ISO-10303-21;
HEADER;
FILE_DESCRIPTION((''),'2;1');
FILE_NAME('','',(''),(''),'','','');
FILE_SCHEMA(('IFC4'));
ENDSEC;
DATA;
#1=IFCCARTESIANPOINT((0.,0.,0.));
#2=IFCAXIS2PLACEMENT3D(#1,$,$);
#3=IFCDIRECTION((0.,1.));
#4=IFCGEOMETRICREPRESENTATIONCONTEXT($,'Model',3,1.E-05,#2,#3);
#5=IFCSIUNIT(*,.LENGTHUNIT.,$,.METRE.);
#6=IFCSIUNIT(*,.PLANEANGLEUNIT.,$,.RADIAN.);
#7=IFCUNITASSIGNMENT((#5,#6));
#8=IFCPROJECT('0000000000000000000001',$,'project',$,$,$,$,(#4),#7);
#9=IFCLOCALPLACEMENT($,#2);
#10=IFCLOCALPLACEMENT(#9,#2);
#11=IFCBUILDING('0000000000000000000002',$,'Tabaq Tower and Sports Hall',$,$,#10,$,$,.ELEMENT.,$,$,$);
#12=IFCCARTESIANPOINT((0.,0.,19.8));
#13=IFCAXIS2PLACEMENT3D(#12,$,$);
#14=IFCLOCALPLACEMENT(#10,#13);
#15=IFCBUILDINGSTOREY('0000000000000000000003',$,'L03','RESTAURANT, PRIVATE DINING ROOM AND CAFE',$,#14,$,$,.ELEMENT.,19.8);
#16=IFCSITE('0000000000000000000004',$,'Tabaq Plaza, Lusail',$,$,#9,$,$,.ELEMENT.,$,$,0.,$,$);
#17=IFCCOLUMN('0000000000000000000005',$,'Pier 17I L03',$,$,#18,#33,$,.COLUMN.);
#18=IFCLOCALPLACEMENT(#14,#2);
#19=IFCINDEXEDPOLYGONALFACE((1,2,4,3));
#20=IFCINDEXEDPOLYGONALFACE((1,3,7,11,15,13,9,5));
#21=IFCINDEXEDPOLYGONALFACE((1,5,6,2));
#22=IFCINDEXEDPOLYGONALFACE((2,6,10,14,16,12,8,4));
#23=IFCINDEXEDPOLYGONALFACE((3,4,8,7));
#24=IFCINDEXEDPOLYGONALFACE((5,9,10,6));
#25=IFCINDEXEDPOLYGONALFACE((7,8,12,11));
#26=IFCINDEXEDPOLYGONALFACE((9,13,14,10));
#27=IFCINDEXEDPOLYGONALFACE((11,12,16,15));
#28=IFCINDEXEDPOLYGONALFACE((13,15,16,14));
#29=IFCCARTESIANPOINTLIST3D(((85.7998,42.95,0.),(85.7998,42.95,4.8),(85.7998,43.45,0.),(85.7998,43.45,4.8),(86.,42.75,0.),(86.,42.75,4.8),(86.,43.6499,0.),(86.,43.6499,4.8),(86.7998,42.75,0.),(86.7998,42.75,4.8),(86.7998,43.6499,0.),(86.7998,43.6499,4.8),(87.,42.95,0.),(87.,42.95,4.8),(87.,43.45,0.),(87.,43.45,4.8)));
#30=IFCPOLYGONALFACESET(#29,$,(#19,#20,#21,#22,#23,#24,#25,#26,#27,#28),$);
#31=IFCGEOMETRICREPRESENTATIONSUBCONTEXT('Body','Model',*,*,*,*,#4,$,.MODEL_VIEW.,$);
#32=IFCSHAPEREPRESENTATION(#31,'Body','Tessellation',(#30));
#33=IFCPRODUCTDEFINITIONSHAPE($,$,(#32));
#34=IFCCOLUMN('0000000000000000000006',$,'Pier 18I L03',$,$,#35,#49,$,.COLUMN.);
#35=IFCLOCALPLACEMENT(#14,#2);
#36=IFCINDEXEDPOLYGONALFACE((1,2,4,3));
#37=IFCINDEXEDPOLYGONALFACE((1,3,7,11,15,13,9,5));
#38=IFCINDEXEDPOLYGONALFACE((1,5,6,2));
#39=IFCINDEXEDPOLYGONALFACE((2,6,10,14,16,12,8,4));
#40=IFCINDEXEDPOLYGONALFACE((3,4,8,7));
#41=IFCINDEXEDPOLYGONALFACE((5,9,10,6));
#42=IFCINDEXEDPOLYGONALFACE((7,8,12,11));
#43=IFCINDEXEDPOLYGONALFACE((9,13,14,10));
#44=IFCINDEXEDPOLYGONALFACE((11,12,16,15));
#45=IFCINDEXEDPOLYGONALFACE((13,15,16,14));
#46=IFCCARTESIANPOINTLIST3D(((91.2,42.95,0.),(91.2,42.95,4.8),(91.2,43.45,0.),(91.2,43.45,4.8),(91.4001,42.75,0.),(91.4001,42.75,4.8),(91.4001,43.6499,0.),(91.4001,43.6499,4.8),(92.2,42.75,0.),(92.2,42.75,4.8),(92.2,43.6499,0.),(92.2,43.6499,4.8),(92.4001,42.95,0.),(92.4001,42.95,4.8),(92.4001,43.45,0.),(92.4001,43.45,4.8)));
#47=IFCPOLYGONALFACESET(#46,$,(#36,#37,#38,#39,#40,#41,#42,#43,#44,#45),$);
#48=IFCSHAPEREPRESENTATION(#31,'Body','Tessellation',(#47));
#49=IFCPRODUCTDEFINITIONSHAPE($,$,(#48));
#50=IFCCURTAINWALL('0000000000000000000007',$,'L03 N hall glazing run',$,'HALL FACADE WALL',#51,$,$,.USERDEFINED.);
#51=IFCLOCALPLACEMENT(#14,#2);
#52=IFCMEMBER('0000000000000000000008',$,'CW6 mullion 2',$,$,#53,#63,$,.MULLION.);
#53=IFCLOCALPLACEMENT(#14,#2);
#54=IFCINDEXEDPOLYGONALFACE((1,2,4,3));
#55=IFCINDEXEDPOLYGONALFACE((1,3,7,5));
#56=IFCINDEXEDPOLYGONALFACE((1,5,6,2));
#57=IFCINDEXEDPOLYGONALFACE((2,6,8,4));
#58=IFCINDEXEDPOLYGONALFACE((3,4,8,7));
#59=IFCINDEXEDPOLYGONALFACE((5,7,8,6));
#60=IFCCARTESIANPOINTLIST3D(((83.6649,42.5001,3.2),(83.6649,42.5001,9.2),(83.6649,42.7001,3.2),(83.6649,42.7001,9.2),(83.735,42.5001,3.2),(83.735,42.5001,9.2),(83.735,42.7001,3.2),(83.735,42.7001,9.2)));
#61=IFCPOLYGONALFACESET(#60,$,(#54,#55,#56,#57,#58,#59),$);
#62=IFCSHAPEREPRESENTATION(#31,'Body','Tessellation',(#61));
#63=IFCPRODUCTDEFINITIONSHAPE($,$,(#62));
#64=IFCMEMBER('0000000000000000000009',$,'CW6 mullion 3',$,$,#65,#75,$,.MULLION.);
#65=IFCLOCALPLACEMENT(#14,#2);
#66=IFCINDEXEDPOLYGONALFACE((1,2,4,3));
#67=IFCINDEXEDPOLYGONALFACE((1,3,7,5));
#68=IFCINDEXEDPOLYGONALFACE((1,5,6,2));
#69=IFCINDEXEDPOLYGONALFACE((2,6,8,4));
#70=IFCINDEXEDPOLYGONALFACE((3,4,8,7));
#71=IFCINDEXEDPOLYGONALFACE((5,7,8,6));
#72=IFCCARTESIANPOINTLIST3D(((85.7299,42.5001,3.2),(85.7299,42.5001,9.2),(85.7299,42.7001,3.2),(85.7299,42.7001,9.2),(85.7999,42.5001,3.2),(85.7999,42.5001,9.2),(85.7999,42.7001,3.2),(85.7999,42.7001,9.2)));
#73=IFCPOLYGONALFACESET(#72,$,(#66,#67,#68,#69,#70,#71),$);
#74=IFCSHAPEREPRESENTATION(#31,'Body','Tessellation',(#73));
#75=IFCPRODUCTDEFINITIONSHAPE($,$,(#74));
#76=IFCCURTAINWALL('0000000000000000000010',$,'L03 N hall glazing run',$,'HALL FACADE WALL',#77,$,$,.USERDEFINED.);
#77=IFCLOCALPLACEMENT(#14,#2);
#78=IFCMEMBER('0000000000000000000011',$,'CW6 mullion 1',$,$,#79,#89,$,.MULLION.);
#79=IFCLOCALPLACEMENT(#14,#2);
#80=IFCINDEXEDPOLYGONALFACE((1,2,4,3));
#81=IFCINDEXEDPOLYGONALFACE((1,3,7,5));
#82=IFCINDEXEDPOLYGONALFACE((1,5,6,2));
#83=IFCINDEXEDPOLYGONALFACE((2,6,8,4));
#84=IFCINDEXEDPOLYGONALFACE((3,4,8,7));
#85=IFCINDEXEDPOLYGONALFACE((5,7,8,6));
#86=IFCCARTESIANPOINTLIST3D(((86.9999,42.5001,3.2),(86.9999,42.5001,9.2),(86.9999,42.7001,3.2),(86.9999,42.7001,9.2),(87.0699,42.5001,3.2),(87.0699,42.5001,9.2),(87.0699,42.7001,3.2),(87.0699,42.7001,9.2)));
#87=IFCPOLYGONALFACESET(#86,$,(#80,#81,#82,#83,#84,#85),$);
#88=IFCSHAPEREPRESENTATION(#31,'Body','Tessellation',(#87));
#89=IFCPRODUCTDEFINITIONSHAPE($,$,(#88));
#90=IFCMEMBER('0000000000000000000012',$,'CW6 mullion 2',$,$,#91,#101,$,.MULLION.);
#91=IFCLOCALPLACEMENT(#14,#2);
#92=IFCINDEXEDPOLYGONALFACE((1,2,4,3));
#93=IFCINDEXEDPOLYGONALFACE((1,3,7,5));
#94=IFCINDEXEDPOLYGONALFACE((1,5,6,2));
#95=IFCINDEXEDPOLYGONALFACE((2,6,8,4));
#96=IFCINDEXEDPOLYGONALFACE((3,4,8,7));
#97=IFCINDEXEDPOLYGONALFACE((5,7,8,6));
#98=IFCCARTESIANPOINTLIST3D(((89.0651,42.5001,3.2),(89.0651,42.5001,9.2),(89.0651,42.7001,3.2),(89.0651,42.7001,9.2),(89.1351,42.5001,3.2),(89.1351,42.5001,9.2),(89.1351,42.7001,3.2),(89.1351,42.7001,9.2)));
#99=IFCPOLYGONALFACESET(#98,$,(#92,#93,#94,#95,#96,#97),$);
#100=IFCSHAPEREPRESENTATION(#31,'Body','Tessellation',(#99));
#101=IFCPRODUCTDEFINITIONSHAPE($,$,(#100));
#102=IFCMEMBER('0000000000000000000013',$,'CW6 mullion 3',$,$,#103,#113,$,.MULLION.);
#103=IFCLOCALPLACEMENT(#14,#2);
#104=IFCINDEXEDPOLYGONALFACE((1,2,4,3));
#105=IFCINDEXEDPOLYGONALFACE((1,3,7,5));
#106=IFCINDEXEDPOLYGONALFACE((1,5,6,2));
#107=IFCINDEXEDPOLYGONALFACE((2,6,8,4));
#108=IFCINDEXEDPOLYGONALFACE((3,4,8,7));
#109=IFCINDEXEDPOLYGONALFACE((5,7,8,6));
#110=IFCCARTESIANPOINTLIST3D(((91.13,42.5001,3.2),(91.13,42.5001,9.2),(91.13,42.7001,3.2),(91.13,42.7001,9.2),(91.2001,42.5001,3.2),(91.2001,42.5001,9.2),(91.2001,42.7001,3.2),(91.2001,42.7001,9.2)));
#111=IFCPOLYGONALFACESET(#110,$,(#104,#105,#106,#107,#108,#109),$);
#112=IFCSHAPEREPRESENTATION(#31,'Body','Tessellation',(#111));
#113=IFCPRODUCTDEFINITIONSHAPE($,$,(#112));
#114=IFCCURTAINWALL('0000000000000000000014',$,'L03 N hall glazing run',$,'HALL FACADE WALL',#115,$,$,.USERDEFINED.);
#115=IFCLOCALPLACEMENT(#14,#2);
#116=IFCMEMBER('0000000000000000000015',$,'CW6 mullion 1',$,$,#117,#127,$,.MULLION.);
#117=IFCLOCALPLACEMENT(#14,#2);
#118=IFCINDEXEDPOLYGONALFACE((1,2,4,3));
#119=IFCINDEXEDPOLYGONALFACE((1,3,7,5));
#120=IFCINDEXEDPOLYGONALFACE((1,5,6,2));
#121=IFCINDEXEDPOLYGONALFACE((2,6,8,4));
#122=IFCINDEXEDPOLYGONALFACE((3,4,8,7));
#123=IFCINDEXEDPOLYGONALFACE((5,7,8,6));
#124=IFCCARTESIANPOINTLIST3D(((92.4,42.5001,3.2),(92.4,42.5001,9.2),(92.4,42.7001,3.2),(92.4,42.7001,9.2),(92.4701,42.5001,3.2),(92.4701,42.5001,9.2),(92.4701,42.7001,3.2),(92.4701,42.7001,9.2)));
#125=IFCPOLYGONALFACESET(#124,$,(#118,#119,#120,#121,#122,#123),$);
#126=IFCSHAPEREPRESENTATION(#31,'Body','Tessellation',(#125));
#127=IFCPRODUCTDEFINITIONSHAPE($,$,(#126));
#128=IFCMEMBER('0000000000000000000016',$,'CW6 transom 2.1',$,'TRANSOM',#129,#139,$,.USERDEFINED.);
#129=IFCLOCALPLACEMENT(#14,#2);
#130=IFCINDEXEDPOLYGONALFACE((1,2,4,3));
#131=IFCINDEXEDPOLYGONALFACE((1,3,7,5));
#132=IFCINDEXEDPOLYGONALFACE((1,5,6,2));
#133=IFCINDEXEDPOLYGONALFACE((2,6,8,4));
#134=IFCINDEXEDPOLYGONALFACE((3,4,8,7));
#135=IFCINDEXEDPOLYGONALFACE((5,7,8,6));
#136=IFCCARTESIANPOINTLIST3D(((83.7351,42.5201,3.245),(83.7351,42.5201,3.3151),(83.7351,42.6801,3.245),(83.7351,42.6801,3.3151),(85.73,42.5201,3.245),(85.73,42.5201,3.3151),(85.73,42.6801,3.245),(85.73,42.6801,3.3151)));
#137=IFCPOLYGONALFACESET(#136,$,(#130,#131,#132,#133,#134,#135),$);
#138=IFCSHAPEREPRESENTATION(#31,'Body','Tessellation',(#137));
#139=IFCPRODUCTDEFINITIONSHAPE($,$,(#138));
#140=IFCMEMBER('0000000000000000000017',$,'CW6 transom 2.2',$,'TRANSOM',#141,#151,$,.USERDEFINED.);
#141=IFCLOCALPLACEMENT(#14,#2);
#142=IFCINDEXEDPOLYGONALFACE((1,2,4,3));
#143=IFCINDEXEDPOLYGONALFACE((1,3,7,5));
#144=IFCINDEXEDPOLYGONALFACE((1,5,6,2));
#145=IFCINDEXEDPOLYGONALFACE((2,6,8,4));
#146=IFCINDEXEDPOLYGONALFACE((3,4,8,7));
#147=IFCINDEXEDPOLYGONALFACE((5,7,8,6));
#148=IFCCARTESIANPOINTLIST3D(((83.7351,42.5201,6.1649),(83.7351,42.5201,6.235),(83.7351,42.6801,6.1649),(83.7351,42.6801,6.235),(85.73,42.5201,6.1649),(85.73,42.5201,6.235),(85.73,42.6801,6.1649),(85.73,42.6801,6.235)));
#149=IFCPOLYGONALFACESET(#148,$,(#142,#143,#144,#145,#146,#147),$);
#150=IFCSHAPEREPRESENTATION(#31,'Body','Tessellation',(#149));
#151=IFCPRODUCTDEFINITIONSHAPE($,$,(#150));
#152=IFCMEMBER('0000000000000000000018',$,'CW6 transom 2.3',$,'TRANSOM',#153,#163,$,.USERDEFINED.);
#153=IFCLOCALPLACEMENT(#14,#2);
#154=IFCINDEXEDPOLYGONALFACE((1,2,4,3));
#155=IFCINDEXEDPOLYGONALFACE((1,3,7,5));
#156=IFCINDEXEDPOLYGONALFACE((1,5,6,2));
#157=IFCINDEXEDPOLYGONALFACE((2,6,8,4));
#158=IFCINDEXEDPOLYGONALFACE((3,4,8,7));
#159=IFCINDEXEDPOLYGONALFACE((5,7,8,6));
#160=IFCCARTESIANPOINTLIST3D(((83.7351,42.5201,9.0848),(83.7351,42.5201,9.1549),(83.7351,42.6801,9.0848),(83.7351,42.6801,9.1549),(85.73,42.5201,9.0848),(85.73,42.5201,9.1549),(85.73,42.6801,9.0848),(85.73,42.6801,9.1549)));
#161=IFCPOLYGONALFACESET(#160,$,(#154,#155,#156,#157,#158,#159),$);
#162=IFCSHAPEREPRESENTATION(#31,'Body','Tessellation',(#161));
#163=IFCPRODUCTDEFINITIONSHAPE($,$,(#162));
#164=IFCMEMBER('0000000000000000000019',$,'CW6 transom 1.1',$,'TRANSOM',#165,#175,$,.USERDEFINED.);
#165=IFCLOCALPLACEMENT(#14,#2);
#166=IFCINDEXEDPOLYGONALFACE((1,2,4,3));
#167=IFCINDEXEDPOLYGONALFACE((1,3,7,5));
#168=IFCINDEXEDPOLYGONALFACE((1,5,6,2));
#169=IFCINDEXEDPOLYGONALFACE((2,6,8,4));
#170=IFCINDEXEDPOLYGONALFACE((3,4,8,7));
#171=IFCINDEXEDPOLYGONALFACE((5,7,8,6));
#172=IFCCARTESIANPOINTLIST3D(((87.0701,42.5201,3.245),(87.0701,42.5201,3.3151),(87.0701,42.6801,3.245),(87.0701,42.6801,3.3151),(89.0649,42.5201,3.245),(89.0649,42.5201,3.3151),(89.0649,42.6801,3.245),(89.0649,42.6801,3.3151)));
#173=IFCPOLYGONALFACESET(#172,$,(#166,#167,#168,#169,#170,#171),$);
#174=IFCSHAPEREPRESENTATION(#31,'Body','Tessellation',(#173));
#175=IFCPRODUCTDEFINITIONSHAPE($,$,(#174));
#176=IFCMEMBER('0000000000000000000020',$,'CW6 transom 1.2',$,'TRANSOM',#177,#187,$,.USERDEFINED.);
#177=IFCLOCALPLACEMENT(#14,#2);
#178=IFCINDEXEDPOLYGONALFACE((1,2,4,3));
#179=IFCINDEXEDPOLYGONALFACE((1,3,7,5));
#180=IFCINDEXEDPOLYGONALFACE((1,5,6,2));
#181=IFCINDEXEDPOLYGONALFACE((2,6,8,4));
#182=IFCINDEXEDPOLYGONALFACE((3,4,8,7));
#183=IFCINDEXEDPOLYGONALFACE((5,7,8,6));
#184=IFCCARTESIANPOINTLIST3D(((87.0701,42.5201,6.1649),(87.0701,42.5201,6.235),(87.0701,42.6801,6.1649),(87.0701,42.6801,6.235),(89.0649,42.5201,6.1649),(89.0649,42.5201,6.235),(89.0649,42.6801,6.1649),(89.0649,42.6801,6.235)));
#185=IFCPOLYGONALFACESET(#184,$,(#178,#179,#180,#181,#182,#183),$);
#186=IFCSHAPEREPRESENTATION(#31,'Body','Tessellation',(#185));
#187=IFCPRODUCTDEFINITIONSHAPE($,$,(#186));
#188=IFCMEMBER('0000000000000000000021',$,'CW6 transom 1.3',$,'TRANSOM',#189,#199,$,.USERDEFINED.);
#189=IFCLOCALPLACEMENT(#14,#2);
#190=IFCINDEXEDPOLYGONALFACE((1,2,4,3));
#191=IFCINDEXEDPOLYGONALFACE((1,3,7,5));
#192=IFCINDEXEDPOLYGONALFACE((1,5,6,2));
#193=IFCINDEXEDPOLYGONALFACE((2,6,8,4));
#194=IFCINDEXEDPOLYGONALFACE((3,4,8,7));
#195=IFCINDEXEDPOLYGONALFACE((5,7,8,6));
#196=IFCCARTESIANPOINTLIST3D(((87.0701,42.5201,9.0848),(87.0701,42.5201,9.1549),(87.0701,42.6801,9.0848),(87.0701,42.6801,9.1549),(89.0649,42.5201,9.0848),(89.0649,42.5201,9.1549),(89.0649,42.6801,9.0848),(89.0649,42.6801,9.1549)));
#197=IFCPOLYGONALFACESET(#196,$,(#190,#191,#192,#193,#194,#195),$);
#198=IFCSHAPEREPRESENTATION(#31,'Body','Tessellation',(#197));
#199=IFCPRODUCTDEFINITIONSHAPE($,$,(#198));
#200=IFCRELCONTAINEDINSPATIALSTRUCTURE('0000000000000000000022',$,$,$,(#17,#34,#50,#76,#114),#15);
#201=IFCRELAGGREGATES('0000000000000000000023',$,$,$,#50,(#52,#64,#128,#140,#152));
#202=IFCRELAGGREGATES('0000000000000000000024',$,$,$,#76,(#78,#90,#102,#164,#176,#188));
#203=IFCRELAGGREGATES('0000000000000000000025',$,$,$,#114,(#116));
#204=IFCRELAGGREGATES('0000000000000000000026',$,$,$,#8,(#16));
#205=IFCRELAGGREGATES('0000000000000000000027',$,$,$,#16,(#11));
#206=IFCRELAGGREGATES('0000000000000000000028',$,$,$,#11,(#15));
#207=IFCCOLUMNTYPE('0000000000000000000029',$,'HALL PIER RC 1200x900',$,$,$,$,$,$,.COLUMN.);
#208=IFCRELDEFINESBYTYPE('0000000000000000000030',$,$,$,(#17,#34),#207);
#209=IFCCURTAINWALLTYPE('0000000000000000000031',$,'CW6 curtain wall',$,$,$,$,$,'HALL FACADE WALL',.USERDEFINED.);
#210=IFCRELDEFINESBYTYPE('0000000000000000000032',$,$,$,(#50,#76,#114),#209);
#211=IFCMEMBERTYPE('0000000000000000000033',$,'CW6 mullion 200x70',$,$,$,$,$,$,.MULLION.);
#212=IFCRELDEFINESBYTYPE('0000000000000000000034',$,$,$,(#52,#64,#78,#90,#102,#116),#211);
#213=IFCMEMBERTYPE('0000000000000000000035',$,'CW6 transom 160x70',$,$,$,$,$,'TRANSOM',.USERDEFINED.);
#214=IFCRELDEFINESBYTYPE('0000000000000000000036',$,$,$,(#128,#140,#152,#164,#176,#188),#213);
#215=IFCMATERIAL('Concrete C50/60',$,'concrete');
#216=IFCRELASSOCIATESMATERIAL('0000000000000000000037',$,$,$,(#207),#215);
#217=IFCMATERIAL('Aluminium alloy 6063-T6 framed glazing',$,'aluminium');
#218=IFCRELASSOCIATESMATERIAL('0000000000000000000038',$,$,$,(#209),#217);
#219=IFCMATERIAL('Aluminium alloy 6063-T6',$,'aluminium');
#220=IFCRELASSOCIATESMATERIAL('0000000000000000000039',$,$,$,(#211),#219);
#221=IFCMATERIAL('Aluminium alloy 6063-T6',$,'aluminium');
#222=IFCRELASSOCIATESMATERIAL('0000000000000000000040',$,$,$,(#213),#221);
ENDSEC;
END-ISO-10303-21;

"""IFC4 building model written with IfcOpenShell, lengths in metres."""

from ifc_helpers import new_model, si_unit, direction, frame, origin, origin_2d, place, context, subcontext, project, spatial, polyline, rectangle, outline, extrude, material, material_profile, profile_set, type_object, element, aggregate, save


model = new_model("IFC4")

# Units and contexts
model_context = context("Model", 3, precision=1e-05, world=origin(), true_north=direction((0.0, 1.0)))
body_context = subcontext(model_context, "Body", "Model", "MODEL_VIEW")
ifc_project = project(units=[si_unit("LENGTHUNIT", "METRE"), si_unit("PLANEANGLEUNIT", "RADIAN")], contexts=[model_context])

# Site, building, storey
site_placement = place(None, origin())
site = spatial("IfcSite", under=ifc_project, at=site_placement, Name="Tabaq Plaza, Lusail", CompositionType="ELEMENT", RefElevation=0.0)
building_placement = place(site_placement, origin())
building = spatial("IfcBuilding", under=site, at=building_placement, Name="Tabaq Tower and Sports Hall", CompositionType="ELEMENT")
storey_placement = place(building_placement, frame((0.0, 0.0, 19.8)))
storey = spatial("IfcBuildingStorey", under=building, at=storey_placement, Name="L03", Description="RESTAURANT, PRIVATE DINING ROOM AND CAFE", CompositionType="ELEMENT", Elevation=19.8)

# Columns
ifc_material_1 = material(Name="Concrete C50/60", Category="concrete")
ifc_material_profile_1 = material_profile(ifc_material_1, outline(polyline([(-0.3999, -0.45), (0.3999, -0.45), (0.6001, -0.25), (0.6001, 0.25), (0.3999, 0.45), (-0.3999, 0.45), (-0.6001, 0.25), (-0.6001, -0.25), (-0.3999, -0.45)])), Name="PIER 1200x900")
ifc_profile_set_1 = profile_set([ifc_material_profile_1], Name="Concrete C50/60")
column_type = type_object("IfcColumnType", Name="HALL PIER RC 1200x900", PredefinedType="COLUMN", material=ifc_profile_set_1)
for number, where, z_axis, x_axis, name in (
    (1, (86.3999, 43.2, 0.0), (0.0, 0.0, 1.0), (1.0, 0.0, 0.0), "Pier 17I L03"),
    (2, (91.8, 43.2, 0.0), (0.0, 0.0, 1.0), (1.0, 0.0, 0.0), "Pier 18I L03"),
):
    element("IfcColumn", number, at=place(storey_placement, frame(where, z_axis=z_axis, x_axis=x_axis)), inside=storey, type_object=column_type, Name=name, PredefinedType="COLUMN", context=body_context, shape_type="SweptSolid", body=[
        extrude(outline(polyline([(-0.3999, -0.45), (0.3999, -0.45), (0.6001, -0.25), (0.6001, 0.25), (0.3999, 0.45), (-0.3999, 0.45), (-0.6001, 0.25), (-0.6001, -0.25), (-0.3999, -0.45)])), origin(), (0.0, 0.0, 1.0), 4.8),
    ])

# Curtain walls, members
ifc_material_2 = material(Name="Aluminium alloy 6063-T6 framed glazing", Category="aluminium")
curtain_wall_type = type_object("IfcCurtainWallType", Name="CW6 curtain wall", ElementType="HALL FACADE WALL", PredefinedType="USERDEFINED", material=ifc_material_2)
curtain_wall_1_placement = place(storey_placement, origin())
curtain_wall_1 = element("IfcCurtainWall", 3, at=curtain_wall_1_placement, inside=storey, type_object=curtain_wall_type, Name="L03 N hall glazing run", ObjectType="HALL FACADE WALL", PredefinedType="USERDEFINED")
ifc_material_3 = material(Name="Aluminium alloy 6063-T6", Category="aluminium")
ifc_material_profile_2 = material_profile(ifc_material_3, rectangle(XDim=0.2, YDim=0.0701, at=origin_2d()), Name="MULLION 200x70")
ifc_profile_set_2 = profile_set([ifc_material_profile_2], Name="Aluminium alloy 6063-T6")
member_type_1 = type_object("IfcMemberType", Name="CW6 mullion 200x70", PredefinedType="MULLION", material=ifc_profile_set_2)
member_1_placement = place(storey_placement, frame((83.7, 42.6001, 3.2), z_axis=(0.0, 0.0, 1.0), x_axis=(0.0, 1.0, 0.0)))
member_1 = element("IfcMember", 4, at=member_1_placement, type_object=member_type_1, Name="CW6 mullion 2", PredefinedType="MULLION", context=body_context, shape_type="SweptSolid", body=[
    extrude(rectangle(XDim=0.2, YDim=0.0701, at=origin_2d()), origin(), (0.0, 0.0, 1.0), 6.0),
])
member_2_placement = place(storey_placement, frame((85.7649, 42.6001, 3.2), z_axis=(0.0, 0.0, 1.0), x_axis=(0.0, 1.0, 0.0)))
member_2 = element("IfcMember", 5, at=member_2_placement, type_object=member_type_1, Name="CW6 mullion 3", PredefinedType="MULLION", context=body_context, shape_type="SweptSolid", body=[
    extrude(rectangle(XDim=0.2, YDim=0.0701, at=origin_2d()), origin(), (0.0, 0.0, 1.0), 6.0),
])
curtain_wall_2_placement = place(storey_placement, origin())
curtain_wall_2 = element("IfcCurtainWall", 6, at=curtain_wall_2_placement, inside=storey, type_object=curtain_wall_type, Name="L03 N hall glazing run", ObjectType="HALL FACADE WALL", PredefinedType="USERDEFINED")
member_3_placement = place(storey_placement, frame((87.0349, 42.6001, 3.2), z_axis=(0.0, 0.0, 1.0), x_axis=(0.0, 1.0, 0.0)))
member_3 = element("IfcMember", 7, at=member_3_placement, type_object=member_type_1, Name="CW6 mullion 1", PredefinedType="MULLION", context=body_context, shape_type="SweptSolid", body=[
    extrude(rectangle(XDim=0.2, YDim=0.0701, at=origin_2d()), origin(), (0.0, 0.0, 1.0), 6.0),
])
member_4_placement = place(storey_placement, frame((89.1001, 42.6001, 3.2), z_axis=(0.0, 0.0, 1.0), x_axis=(0.0, 1.0, 0.0)))
member_4 = element("IfcMember", 8, at=member_4_placement, type_object=member_type_1, Name="CW6 mullion 2", PredefinedType="MULLION", context=body_context, shape_type="SweptSolid", body=[
    extrude(rectangle(XDim=0.2, YDim=0.0701, at=origin_2d()), origin(), (0.0, 0.0, 1.0), 6.0),
])
member_5_placement = place(storey_placement, frame((91.165, 42.6001, 3.2), z_axis=(0.0, 0.0, 1.0), x_axis=(0.0, 1.0, 0.0)))
member_5 = element("IfcMember", 9, at=member_5_placement, type_object=member_type_1, Name="CW6 mullion 3", PredefinedType="MULLION", context=body_context, shape_type="SweptSolid", body=[
    extrude(rectangle(XDim=0.2, YDim=0.0701, at=origin_2d()), origin(), (0.0, 0.0, 1.0), 6.0),
])

# Curtain wall, member
curtain_wall_3_placement = place(storey_placement, origin())
curtain_wall_3 = element("IfcCurtainWall", 10, at=curtain_wall_3_placement, inside=storey, type_object=curtain_wall_type, Name="L03 N hall glazing run", ObjectType="HALL FACADE WALL", PredefinedType="USERDEFINED")
member_6_placement = place(storey_placement, frame((92.4351, 42.6001, 3.2), z_axis=(0.0, 0.0, 1.0), x_axis=(0.0, 1.0, 0.0)))
member_6 = element("IfcMember", 11, at=member_6_placement, type_object=member_type_1, Name="CW6 mullion 1", PredefinedType="MULLION", context=body_context, shape_type="SweptSolid", body=[
    extrude(rectangle(XDim=0.2, YDim=0.0701, at=origin_2d()), origin(), (0.0, 0.0, 1.0), 6.0),
])

# Members
ifc_material_4 = material(Name="Aluminium alloy 6063-T6", Category="aluminium")
ifc_material_profile_3 = material_profile(ifc_material_4, rectangle(XDim=0.1599, YDim=0.0701, at=origin_2d()), Name="TRANSOM 160x70")
ifc_profile_set_3 = profile_set([ifc_material_profile_3], Name="Aluminium alloy 6063-T6")
member_type_2 = type_object("IfcMemberType", Name="CW6 transom 160x70", ElementType="TRANSOM", PredefinedType="USERDEFINED", material=ifc_profile_set_3)
member_7_placement = place(storey_placement, frame((83.7351, 42.6001, 3.28), z_axis=(1.0, 0.0, 0.0), x_axis=(0.0, 1.0, 0.0)))
member_7 = element("IfcMember", 12, at=member_7_placement, type_object=member_type_2, Name="CW6 transom 2.1", ObjectType="TRANSOM", PredefinedType="USERDEFINED", context=body_context, shape_type="SweptSolid", body=[
    extrude(rectangle(XDim=0.1599, YDim=0.0701, at=origin_2d()), origin(), (0.0, 0.0, 1.0), 1.9949),
])
member_8_placement = place(storey_placement, frame((83.7351, 42.6001, 6.2), z_axis=(1.0, 0.0, 0.0), x_axis=(0.0, 1.0, 0.0)))
member_8 = element("IfcMember", 13, at=member_8_placement, type_object=member_type_2, Name="CW6 transom 2.2", ObjectType="TRANSOM", PredefinedType="USERDEFINED", context=body_context, shape_type="SweptSolid", body=[
    extrude(rectangle(XDim=0.1599, YDim=0.0701, at=origin_2d()), origin(), (0.0, 0.0, 1.0), 1.9949),
])
member_9_placement = place(storey_placement, frame((83.7351, 42.6001, 9.1199), z_axis=(1.0, 0.0, 0.0), x_axis=(0.0, 1.0, 0.0)))
member_9 = element("IfcMember", 14, at=member_9_placement, type_object=member_type_2, Name="CW6 transom 2.3", ObjectType="TRANSOM", PredefinedType="USERDEFINED", context=body_context, shape_type="SweptSolid", body=[
    extrude(rectangle(XDim=0.1599, YDim=0.0701, at=origin_2d()), origin(), (0.0, 0.0, 1.0), 1.9949),
])
member_10_placement = place(storey_placement, frame((87.0701, 42.6001, 3.28), z_axis=(1.0, 0.0, 0.0), x_axis=(0.0, 1.0, 0.0)))
member_10 = element("IfcMember", 15, at=member_10_placement, type_object=member_type_2, Name="CW6 transom 1.1", ObjectType="TRANSOM", PredefinedType="USERDEFINED", context=body_context, shape_type="SweptSolid", body=[
    extrude(rectangle(XDim=0.1599, YDim=0.0701, at=origin_2d()), origin(), (0.0, 0.0, 1.0), 1.9949),
])
member_11_placement = place(storey_placement, frame((87.0701, 42.6001, 6.2), z_axis=(1.0, 0.0, 0.0), x_axis=(0.0, 1.0, 0.0)))
member_11 = element("IfcMember", 16, at=member_11_placement, type_object=member_type_2, Name="CW6 transom 1.2", ObjectType="TRANSOM", PredefinedType="USERDEFINED", context=body_context, shape_type="SweptSolid", body=[
    extrude(rectangle(XDim=0.1599, YDim=0.0701, at=origin_2d()), origin(), (0.0, 0.0, 1.0), 1.9949),
])
member_12_placement = place(storey_placement, frame((87.0701, 42.6001, 9.1199), z_axis=(1.0, 0.0, 0.0), x_axis=(0.0, 1.0, 0.0)))
member_12 = element("IfcMember", 17, at=member_12_placement, type_object=member_type_2, Name="CW6 transom 1.3", ObjectType="TRANSOM", PredefinedType="USERDEFINED", context=body_context, shape_type="SweptSolid", body=[
    extrude(rectangle(XDim=0.1599, YDim=0.0701, at=origin_2d()), origin(), (0.0, 0.0, 1.0), 1.9949),
])

aggregate(curtain_wall_1, [member_1, member_2, member_7, member_8, member_9])
aggregate(curtain_wall_2, [member_3, member_4, member_5, member_10, member_11, member_12])
aggregate(curtain_wall_3, [member_6])

save(model, "model.ifc")
